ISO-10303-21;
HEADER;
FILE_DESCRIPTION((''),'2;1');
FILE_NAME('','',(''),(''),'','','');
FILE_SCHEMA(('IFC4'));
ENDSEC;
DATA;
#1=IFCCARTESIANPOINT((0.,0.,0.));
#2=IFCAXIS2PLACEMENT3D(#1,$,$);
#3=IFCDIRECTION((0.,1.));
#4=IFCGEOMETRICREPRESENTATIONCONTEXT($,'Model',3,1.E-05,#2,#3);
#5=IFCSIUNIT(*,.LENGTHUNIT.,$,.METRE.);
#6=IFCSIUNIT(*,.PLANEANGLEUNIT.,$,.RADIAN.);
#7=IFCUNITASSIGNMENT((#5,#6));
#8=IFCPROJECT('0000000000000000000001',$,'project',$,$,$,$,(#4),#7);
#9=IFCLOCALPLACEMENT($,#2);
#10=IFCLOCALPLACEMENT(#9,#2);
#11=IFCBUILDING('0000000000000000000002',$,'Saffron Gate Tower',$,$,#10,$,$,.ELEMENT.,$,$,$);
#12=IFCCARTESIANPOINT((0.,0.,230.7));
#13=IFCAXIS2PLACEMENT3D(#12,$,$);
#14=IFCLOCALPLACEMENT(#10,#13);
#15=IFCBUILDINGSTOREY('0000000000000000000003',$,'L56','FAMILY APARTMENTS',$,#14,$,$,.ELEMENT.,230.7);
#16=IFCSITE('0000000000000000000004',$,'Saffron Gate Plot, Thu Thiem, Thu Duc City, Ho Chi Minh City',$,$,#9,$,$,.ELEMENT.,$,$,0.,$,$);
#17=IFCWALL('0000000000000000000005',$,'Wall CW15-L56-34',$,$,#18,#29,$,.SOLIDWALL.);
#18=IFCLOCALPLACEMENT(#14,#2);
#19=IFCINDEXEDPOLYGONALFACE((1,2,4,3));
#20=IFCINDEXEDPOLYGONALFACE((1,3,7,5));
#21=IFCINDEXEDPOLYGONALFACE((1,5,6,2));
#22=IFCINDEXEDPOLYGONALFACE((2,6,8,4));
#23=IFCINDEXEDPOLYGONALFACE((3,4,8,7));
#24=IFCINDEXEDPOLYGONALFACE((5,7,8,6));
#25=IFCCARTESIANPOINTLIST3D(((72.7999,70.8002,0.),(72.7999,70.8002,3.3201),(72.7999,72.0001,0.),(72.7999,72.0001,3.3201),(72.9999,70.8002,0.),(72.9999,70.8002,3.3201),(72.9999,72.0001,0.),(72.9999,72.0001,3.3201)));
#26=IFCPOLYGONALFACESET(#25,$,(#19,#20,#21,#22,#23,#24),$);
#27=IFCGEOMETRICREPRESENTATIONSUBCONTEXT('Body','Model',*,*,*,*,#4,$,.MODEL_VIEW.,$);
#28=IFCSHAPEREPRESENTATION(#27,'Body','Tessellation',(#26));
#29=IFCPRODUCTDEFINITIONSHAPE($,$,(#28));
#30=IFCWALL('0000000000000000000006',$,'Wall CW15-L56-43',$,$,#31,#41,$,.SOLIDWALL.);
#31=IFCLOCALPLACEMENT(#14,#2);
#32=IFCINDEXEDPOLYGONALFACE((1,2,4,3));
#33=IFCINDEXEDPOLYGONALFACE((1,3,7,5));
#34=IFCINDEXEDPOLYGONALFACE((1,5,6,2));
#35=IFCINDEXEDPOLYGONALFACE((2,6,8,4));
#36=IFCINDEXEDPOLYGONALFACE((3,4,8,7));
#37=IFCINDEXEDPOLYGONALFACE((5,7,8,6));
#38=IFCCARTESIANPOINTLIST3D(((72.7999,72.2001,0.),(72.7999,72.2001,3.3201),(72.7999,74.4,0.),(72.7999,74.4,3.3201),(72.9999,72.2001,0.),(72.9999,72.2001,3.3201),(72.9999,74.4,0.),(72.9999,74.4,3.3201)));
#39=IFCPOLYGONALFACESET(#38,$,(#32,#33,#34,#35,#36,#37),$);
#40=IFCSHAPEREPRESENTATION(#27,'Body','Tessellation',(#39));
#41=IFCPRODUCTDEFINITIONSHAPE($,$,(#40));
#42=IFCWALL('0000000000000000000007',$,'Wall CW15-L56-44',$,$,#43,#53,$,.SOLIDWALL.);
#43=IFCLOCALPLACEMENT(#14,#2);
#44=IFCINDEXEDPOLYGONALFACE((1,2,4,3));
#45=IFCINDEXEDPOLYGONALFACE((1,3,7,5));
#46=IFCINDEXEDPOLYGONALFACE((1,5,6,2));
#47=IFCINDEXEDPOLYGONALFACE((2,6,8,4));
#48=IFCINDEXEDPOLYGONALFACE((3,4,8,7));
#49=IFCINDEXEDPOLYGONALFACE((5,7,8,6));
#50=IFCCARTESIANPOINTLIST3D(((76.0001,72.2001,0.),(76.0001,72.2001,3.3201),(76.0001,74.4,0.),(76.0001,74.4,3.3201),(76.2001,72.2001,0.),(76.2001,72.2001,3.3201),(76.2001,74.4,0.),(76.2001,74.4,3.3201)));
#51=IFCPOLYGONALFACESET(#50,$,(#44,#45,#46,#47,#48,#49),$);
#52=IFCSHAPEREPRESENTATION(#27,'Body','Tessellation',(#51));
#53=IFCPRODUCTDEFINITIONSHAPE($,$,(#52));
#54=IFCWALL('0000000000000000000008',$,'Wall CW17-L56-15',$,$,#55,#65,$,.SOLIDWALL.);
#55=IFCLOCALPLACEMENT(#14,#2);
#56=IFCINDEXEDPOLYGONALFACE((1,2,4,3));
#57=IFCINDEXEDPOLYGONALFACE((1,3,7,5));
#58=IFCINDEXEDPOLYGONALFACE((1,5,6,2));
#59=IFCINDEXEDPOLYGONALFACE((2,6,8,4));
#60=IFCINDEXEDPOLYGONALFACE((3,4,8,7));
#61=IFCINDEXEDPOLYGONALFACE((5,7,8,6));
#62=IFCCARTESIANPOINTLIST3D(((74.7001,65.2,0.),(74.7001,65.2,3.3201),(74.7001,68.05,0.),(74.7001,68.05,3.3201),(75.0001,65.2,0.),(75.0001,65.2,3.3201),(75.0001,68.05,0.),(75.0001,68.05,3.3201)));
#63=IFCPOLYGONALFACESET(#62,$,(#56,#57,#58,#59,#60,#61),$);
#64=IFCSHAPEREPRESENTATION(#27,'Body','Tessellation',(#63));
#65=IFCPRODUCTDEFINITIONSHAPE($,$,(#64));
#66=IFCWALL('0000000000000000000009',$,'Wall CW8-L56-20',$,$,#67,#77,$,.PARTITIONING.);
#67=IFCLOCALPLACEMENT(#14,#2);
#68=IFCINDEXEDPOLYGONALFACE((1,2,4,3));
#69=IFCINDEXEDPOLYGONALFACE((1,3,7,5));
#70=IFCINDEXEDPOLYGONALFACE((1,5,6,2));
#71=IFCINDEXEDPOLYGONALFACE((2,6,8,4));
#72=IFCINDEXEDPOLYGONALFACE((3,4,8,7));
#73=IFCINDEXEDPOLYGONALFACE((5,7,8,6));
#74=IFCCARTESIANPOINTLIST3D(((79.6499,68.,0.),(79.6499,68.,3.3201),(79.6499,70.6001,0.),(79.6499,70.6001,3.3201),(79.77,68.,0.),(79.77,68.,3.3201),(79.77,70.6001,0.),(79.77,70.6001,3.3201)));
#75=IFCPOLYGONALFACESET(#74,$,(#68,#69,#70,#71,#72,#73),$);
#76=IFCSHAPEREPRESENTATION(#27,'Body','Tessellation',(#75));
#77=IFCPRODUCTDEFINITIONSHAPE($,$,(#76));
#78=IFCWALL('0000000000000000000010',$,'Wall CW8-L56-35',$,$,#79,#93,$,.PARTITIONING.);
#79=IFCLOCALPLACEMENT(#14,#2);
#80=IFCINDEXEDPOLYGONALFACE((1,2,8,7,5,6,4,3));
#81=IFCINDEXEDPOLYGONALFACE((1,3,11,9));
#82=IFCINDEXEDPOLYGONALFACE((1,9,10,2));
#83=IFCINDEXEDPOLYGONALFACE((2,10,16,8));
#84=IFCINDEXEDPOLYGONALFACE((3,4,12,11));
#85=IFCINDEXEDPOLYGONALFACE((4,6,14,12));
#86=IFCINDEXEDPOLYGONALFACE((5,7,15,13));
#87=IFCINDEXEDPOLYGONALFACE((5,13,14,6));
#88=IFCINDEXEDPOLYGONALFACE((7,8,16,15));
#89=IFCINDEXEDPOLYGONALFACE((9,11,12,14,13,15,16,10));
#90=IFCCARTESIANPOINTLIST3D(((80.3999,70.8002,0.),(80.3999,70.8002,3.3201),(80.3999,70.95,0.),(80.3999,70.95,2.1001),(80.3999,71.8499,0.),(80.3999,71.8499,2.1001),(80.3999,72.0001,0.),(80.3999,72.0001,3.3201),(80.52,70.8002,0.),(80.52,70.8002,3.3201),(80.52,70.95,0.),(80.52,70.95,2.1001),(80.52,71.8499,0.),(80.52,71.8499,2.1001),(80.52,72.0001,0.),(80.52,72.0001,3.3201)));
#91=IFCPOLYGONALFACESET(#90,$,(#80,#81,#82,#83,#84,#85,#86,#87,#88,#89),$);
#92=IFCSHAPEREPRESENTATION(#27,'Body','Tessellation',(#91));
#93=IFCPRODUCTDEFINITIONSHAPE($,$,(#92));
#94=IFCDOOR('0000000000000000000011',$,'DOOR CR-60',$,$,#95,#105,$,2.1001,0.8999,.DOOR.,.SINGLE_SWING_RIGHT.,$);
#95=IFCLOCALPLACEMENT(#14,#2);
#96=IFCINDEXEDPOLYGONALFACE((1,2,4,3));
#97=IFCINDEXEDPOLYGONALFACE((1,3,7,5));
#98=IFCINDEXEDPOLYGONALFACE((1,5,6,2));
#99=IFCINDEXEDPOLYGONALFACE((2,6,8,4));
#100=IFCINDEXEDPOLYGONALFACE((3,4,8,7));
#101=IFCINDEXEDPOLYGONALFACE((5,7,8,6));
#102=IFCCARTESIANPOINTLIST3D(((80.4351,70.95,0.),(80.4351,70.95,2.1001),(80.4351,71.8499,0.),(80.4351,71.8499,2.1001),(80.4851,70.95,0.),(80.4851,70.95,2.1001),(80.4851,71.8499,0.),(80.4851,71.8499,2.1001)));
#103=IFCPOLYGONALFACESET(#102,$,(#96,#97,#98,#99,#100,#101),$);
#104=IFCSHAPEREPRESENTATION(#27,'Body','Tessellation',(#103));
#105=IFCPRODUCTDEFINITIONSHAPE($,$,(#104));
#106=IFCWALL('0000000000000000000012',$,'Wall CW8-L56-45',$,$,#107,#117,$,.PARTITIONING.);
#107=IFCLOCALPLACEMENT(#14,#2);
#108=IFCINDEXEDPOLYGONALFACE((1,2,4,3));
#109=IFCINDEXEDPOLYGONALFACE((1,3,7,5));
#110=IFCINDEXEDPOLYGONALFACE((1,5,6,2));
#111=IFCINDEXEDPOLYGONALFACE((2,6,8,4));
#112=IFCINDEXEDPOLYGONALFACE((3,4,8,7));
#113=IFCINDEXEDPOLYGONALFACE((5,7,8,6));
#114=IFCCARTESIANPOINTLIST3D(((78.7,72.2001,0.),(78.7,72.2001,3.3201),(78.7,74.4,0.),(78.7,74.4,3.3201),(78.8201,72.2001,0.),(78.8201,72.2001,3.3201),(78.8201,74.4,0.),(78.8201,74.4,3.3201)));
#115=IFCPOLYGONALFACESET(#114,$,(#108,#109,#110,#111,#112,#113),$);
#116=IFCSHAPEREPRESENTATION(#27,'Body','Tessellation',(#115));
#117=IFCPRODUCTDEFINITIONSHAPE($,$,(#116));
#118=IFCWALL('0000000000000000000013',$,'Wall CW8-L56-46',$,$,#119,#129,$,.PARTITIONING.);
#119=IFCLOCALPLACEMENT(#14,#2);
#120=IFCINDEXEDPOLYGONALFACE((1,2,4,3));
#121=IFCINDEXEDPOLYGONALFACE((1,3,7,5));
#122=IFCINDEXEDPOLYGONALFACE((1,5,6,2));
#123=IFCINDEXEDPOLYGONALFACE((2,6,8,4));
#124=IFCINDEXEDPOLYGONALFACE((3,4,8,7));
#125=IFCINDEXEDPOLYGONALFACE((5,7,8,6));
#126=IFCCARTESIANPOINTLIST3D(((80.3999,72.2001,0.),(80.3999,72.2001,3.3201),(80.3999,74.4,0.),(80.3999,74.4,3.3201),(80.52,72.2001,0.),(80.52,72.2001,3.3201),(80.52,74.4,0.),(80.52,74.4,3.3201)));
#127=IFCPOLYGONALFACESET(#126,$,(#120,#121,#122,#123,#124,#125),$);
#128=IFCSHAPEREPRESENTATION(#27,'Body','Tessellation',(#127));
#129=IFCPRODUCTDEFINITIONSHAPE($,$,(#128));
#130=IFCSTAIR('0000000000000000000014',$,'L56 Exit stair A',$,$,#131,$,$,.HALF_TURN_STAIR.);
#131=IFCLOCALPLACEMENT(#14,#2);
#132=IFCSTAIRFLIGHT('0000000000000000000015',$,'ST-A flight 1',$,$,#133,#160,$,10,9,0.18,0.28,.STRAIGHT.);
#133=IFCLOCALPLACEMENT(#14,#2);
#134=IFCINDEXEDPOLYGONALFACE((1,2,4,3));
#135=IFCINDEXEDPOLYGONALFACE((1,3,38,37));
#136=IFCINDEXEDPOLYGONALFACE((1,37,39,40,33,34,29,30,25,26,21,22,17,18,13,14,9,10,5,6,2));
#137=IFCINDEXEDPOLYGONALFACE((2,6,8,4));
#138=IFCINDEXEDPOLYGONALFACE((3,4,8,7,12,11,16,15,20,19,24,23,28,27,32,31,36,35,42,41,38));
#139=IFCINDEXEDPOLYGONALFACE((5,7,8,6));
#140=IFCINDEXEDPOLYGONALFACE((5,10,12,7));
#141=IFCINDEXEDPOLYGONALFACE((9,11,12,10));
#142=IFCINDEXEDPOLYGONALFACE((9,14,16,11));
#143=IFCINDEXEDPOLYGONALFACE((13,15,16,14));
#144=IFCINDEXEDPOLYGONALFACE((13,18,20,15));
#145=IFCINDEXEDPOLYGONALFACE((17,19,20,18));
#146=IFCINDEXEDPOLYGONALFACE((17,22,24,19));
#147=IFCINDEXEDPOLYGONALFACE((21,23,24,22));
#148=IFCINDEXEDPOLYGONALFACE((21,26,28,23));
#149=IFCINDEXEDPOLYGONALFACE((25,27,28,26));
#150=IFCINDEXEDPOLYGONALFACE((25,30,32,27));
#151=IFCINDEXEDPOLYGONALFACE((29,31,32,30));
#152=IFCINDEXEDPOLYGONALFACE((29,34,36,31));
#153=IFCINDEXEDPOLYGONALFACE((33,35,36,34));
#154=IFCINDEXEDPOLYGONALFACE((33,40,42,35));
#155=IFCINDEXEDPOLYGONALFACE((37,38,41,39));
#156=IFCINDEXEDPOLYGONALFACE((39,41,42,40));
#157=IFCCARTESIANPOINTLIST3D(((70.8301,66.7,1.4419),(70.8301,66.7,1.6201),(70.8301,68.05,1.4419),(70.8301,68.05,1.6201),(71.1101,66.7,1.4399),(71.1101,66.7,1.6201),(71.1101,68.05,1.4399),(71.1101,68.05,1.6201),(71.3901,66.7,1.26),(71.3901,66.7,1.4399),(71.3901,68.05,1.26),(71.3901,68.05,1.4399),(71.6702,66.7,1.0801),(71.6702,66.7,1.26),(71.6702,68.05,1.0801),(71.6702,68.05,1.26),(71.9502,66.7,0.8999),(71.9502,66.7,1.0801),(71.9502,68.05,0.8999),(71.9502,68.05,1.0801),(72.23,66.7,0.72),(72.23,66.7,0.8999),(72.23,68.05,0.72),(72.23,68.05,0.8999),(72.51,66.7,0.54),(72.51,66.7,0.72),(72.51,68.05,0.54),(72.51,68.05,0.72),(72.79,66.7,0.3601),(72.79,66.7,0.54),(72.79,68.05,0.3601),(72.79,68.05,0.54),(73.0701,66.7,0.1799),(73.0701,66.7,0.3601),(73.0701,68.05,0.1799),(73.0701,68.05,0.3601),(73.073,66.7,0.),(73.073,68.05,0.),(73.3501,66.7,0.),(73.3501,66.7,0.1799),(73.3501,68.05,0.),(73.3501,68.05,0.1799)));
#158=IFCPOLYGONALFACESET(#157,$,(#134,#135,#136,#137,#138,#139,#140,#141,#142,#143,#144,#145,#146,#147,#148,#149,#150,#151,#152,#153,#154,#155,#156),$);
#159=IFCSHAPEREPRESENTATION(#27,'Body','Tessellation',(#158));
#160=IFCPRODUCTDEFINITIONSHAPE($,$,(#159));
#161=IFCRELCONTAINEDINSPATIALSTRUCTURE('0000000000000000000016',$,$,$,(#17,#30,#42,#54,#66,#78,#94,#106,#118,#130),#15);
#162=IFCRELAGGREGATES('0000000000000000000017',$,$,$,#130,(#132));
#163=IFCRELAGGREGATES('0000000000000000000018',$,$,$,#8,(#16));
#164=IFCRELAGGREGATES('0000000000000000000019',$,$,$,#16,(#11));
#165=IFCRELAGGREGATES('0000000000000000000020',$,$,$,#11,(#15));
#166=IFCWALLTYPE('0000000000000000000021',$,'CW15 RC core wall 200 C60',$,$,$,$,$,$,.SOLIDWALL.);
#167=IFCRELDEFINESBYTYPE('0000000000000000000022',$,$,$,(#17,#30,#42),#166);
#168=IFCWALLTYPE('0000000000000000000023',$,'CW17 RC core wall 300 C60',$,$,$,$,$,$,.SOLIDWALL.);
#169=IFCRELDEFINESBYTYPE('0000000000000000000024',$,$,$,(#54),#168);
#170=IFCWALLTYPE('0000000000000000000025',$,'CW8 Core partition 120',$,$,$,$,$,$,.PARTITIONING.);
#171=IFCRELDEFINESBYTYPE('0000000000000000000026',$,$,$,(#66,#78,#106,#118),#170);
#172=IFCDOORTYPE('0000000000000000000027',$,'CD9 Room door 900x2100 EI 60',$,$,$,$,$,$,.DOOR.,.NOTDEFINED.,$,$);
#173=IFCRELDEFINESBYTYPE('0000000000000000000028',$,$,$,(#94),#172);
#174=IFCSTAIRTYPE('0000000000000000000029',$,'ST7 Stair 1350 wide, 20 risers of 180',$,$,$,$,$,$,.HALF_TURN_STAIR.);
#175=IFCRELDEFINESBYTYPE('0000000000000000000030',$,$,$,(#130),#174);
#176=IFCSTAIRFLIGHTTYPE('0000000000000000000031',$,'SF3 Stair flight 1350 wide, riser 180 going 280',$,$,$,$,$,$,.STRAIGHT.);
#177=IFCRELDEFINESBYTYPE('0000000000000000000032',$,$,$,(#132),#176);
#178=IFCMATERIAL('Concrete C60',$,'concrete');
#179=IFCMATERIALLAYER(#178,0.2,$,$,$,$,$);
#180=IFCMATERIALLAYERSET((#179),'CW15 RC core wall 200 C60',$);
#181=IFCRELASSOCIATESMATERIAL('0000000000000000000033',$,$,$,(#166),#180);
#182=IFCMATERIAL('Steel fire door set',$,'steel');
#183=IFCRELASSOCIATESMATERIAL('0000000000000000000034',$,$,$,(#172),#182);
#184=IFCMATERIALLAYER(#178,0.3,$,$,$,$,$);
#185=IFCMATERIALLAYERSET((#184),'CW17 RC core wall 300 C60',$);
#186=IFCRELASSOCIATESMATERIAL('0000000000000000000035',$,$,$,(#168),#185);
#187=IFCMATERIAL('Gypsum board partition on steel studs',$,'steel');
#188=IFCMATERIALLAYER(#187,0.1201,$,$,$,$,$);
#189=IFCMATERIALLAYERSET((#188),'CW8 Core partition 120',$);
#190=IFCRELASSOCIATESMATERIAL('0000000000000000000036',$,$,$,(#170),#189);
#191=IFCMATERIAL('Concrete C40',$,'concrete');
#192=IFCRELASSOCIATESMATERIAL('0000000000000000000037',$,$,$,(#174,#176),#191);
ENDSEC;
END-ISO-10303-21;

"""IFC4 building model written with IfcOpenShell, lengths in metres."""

from ifc_helpers import new_model, si_unit, direction, frame, frame_2d, origin, place, context, subcontext, project, spatial, polyline, rectangle, outline, extrude, material, layer, layer_set, type_object, element, fill, aggregate, save


model = new_model("IFC4")

# Units and contexts
model_context = context("Model", 3, precision=1e-05, world=origin(), true_north=direction((0.0, 1.0)))
body_context = subcontext(model_context, "Body", "Model", "MODEL_VIEW")
ifc_project = project(units=[si_unit("LENGTHUNIT", "METRE"), si_unit("PLANEANGLEUNIT", "RADIAN")], contexts=[model_context])

# Site, building, storey
site_placement = place(None, origin())
site = spatial("IfcSite", under=ifc_project, at=site_placement, Name="Saffron Gate Plot, Thu Thiem, Thu Duc City, Ho Chi Minh City", CompositionType="ELEMENT", RefElevation=0.0)
building_placement = place(site_placement, origin())
building = spatial("IfcBuilding", under=site, at=building_placement, Name="Saffron Gate Tower", CompositionType="ELEMENT")
storey_placement = place(building_placement, frame((0.0, 0.0, 230.7)))
storey = spatial("IfcBuildingStorey", under=building, at=storey_placement, Name="L56", Description="FAMILY APARTMENTS", CompositionType="ELEMENT", Elevation=230.7)

# Shared definitions
ifc_material_1 = material(Name="Concrete C60", Category="concrete")

# Shared definitions
ifc_layer_1 = layer(ifc_material_1, 0.2)
ifc_layer_set_1 = layer_set([ifc_layer_1], Name="CW15 RC core wall 200 C60")
wall_type_1 = type_object("IfcWallType", Name="CW15 RC core wall 200 C60", PredefinedType="SOLIDWALL", material=ifc_layer_set_1)
ifc_material_2 = material(Name="Steel fire door set", Category="steel")
door_type_1 = type_object("IfcDoorType", Name="CD9 Room door 900x2100 EI 60", OperationType="NOTDEFINED", PredefinedType="DOOR", material=ifc_material_2)

# Walls
wall_1_placement = place(storey_placement, frame((72.8999, 70.8, 0.0), z_axis=(0.0, 0.0, 1.0), x_axis=(0.0, 1.0, 0.0)))
element("IfcWall", 1, at=wall_1_placement, inside=storey, type_object=wall_type_1, Name="Wall CW15-L56-34", PredefinedType="SOLIDWALL", context=body_context, shape_type="SweptSolid", body=[
    extrude(rectangle(XDim=1.2, YDim=0.2, at=frame_2d((0.6001, 0.0))), origin(), (0.0, 0.0, 1.0), 3.3201),
])
for number, where, z_axis, x_axis, name in (
    (2, (72.8999, 72.2, 0.0), (0.0, 0.0, 1.0), (0.0, 1.0, 0.0), "Wall CW15-L56-43"),
    (3, (76.1001, 72.2, 0.0), (0.0, 0.0, 1.0), (0.0, 1.0, 0.0), "Wall CW15-L56-44"),
):
    element("IfcWall", number, at=place(storey_placement, frame(where, z_axis=z_axis, x_axis=x_axis)), inside=storey, type_object=wall_type_1, Name=name, PredefinedType="SOLIDWALL", context=body_context, shape_type="SweptSolid", body=[
        extrude(rectangle(XDim=2.2, YDim=0.2, at=frame_2d((1.1001, 0.0))), origin(), (0.0, 0.0, 1.0), 3.3201),
    ])
ifc_layer_2 = layer(ifc_material_1, 0.3)
ifc_layer_set_2 = layer_set([ifc_layer_2], Name="CW17 RC core wall 300 C60")
wall_type_2 = type_object("IfcWallType", Name="CW17 RC core wall 300 C60", PredefinedType="SOLIDWALL", material=ifc_layer_set_2)
wall_2_placement = place(storey_placement, frame((74.8501, 65.2, 0.0), z_axis=(0.0, 0.0, 1.0), x_axis=(0.0, 1.0, 0.0)))
element("IfcWall", 4, at=wall_2_placement, inside=storey, type_object=wall_type_2, Name="Wall CW17-L56-15", PredefinedType="SOLIDWALL", context=body_context, shape_type="SweptSolid", body=[
    extrude(rectangle(XDim=2.8501, YDim=0.3, at=frame_2d((1.425, 0.0))), origin(), (0.0, 0.0, 1.0), 3.3201),
])
ifc_material_3 = material(Name="Gypsum board partition on steel studs", Category="steel")
ifc_layer_3 = layer(ifc_material_3, 0.1201)
ifc_layer_set_3 = layer_set([ifc_layer_3], Name="CW8 Core partition 120")
wall_type_3 = type_object("IfcWallType", Name="CW8 Core partition 120", PredefinedType="PARTITIONING", material=ifc_layer_set_3)
wall_3_placement = place(storey_placement, frame((79.71, 68.0, 0.0), z_axis=(0.0, 0.0, 1.0), x_axis=(0.0, 1.0, 0.0)))
element("IfcWall", 5, at=wall_3_placement, inside=storey, type_object=wall_type_3, Name="Wall CW8-L56-20", PredefinedType="PARTITIONING", context=body_context, shape_type="SweptSolid", body=[
    extrude(rectangle(XDim=2.6001, YDim=0.1201, at=frame_2d((1.3, 0.0))), origin(), (0.0, 0.0, 1.0), 3.3201),
])

# Wall, opening, door
wall_4_placement = place(storey_placement, frame((80.46, 70.8, 0.0), z_axis=(0.0, 0.0, 1.0), x_axis=(0.0, 1.0, 0.0)))
wall_4 = element("IfcWall", 6, at=wall_4_placement, inside=storey, type_object=wall_type_3, Name="Wall CW8-L56-35", PredefinedType="PARTITIONING", context=body_context, shape_type="SweptSolid", body=[
    extrude(rectangle(XDim=1.2, YDim=0.1201, at=frame_2d((0.6001, 0.0))), origin(), (0.0, 0.0, 1.0), 3.3201),
])
opening_1_placement = place(wall_4_placement, frame((0.1499, 0.0, 0.0)))
opening_1 = element("IfcOpeningElement", 7, at=opening_1_placement, cuts=wall_4, PredefinedType="OPENING", context=body_context, shape_type="SweptSolid", body=[
    extrude(rectangle(XDim=0.8999, YDim=2.1001, at=frame_2d((0.45, 1.05))), frame((0.0, 0.0701, 0.0), z_axis=(0.0, -1.0, 0.0), x_axis=(1.0, 0.0, 0.0)), (0.0, 0.0, 1.0), 0.1401),
])
door_1_placement = place(opening_1_placement, origin())
door_1 = element("IfcDoor", 8, at=door_1_placement, inside=storey, type_object=door_type_1, Name="DOOR CR-60", OperationType="SINGLE_SWING_RIGHT", OverallHeight=2.1001, OverallWidth=0.8999, PredefinedType="DOOR", context=body_context, shape_type="SweptSolid", body=[
    extrude(rectangle(XDim=0.8999, YDim=2.1001, at=frame_2d((0.45, 1.05))), frame((0.0, 0.0249, 0.0), z_axis=(0.0, -1.0, 0.0), x_axis=(1.0, 0.0, 0.0)), (0.0, 0.0, 1.0), 0.05),
])
fill(opening_1, door_1)

# Walls
for number, where, z_axis, x_axis, name in (
    (9, (78.76, 72.2, 0.0), (0.0, 0.0, 1.0), (0.0, 1.0, 0.0), "Wall CW8-L56-45"),
    (10, (80.46, 72.2, 0.0), (0.0, 0.0, 1.0), (0.0, 1.0, 0.0), "Wall CW8-L56-46"),
):
    element("IfcWall", number, at=place(storey_placement, frame(where, z_axis=z_axis, x_axis=x_axis)), inside=storey, type_object=wall_type_3, Name=name, PredefinedType="PARTITIONING", context=body_context, shape_type="SweptSolid", body=[
        extrude(rectangle(XDim=2.2, YDim=0.1201, at=frame_2d((1.1001, 0.0))), origin(), (0.0, 0.0, 1.0), 3.3201),
    ])

# Stair, stair flight
ifc_material_4 = material(Name="Concrete C40", Category="concrete")
stair_type = type_object("IfcStairType", Name="ST7 Stair 1350 wide, 20 risers of 180", PredefinedType="HALF_TURN_STAIR", material=ifc_material_4)
stair_placement = place(storey_placement, origin())
stair = element("IfcStair", 11, at=stair_placement, inside=storey, type_object=stair_type, Name="L56 Exit stair A", PredefinedType="HALF_TURN_STAIR")
stair_flight_type = type_object("IfcStairFlightType", Name="SF3 Stair flight 1350 wide, riser 180 going 280", PredefinedType="STRAIGHT", material=ifc_material_4)
stair_flight_placement = place(storey_placement, frame((73.3501, 67.375, 0.0), z_axis=(0.0, 0.0, 1.0), x_axis=(-1.0, 0.0, 0.0)))
stair_flight = element("IfcStairFlight", 12, at=stair_flight_placement, type_object=stair_flight_type, Name="ST-A flight 1", NumberOfRisers=10, NumberOfTreads=9, PredefinedType="STRAIGHT", RiserHeight=0.18, TreadLength=0.28, context=body_context, shape_type="SweptSolid", body=[
    extrude(outline(polyline([(0.0, 0.0), (0.0, 0.1799), (0.28, 0.1799), (0.28, 0.3601), (0.5601, 0.3601), (0.5601, 0.54), (0.8401, 0.54), (0.8401, 0.72), (1.1201, 0.72), (1.1201, 0.8999), (1.3999, 0.8999), (1.3999, 1.0801), (1.6799, 1.0801), (1.6799, 1.26), (1.96, 1.26), (1.96, 1.4399), (2.24, 1.4399), (2.24, 1.6201), (2.52, 1.6201), (2.52, 1.8), (2.52, 1.4419), (0.2771, 0.0), (0.0, 0.0)])), frame((0.0, 0.675, 0.0), z_axis=(0.0, -1.0, 0.0), x_axis=(1.0, 0.0, 0.0)), (0.0, 0.0, 1.0), 1.3501),
])
aggregate(stair, [stair_flight])

save(model, "model.ifc")
